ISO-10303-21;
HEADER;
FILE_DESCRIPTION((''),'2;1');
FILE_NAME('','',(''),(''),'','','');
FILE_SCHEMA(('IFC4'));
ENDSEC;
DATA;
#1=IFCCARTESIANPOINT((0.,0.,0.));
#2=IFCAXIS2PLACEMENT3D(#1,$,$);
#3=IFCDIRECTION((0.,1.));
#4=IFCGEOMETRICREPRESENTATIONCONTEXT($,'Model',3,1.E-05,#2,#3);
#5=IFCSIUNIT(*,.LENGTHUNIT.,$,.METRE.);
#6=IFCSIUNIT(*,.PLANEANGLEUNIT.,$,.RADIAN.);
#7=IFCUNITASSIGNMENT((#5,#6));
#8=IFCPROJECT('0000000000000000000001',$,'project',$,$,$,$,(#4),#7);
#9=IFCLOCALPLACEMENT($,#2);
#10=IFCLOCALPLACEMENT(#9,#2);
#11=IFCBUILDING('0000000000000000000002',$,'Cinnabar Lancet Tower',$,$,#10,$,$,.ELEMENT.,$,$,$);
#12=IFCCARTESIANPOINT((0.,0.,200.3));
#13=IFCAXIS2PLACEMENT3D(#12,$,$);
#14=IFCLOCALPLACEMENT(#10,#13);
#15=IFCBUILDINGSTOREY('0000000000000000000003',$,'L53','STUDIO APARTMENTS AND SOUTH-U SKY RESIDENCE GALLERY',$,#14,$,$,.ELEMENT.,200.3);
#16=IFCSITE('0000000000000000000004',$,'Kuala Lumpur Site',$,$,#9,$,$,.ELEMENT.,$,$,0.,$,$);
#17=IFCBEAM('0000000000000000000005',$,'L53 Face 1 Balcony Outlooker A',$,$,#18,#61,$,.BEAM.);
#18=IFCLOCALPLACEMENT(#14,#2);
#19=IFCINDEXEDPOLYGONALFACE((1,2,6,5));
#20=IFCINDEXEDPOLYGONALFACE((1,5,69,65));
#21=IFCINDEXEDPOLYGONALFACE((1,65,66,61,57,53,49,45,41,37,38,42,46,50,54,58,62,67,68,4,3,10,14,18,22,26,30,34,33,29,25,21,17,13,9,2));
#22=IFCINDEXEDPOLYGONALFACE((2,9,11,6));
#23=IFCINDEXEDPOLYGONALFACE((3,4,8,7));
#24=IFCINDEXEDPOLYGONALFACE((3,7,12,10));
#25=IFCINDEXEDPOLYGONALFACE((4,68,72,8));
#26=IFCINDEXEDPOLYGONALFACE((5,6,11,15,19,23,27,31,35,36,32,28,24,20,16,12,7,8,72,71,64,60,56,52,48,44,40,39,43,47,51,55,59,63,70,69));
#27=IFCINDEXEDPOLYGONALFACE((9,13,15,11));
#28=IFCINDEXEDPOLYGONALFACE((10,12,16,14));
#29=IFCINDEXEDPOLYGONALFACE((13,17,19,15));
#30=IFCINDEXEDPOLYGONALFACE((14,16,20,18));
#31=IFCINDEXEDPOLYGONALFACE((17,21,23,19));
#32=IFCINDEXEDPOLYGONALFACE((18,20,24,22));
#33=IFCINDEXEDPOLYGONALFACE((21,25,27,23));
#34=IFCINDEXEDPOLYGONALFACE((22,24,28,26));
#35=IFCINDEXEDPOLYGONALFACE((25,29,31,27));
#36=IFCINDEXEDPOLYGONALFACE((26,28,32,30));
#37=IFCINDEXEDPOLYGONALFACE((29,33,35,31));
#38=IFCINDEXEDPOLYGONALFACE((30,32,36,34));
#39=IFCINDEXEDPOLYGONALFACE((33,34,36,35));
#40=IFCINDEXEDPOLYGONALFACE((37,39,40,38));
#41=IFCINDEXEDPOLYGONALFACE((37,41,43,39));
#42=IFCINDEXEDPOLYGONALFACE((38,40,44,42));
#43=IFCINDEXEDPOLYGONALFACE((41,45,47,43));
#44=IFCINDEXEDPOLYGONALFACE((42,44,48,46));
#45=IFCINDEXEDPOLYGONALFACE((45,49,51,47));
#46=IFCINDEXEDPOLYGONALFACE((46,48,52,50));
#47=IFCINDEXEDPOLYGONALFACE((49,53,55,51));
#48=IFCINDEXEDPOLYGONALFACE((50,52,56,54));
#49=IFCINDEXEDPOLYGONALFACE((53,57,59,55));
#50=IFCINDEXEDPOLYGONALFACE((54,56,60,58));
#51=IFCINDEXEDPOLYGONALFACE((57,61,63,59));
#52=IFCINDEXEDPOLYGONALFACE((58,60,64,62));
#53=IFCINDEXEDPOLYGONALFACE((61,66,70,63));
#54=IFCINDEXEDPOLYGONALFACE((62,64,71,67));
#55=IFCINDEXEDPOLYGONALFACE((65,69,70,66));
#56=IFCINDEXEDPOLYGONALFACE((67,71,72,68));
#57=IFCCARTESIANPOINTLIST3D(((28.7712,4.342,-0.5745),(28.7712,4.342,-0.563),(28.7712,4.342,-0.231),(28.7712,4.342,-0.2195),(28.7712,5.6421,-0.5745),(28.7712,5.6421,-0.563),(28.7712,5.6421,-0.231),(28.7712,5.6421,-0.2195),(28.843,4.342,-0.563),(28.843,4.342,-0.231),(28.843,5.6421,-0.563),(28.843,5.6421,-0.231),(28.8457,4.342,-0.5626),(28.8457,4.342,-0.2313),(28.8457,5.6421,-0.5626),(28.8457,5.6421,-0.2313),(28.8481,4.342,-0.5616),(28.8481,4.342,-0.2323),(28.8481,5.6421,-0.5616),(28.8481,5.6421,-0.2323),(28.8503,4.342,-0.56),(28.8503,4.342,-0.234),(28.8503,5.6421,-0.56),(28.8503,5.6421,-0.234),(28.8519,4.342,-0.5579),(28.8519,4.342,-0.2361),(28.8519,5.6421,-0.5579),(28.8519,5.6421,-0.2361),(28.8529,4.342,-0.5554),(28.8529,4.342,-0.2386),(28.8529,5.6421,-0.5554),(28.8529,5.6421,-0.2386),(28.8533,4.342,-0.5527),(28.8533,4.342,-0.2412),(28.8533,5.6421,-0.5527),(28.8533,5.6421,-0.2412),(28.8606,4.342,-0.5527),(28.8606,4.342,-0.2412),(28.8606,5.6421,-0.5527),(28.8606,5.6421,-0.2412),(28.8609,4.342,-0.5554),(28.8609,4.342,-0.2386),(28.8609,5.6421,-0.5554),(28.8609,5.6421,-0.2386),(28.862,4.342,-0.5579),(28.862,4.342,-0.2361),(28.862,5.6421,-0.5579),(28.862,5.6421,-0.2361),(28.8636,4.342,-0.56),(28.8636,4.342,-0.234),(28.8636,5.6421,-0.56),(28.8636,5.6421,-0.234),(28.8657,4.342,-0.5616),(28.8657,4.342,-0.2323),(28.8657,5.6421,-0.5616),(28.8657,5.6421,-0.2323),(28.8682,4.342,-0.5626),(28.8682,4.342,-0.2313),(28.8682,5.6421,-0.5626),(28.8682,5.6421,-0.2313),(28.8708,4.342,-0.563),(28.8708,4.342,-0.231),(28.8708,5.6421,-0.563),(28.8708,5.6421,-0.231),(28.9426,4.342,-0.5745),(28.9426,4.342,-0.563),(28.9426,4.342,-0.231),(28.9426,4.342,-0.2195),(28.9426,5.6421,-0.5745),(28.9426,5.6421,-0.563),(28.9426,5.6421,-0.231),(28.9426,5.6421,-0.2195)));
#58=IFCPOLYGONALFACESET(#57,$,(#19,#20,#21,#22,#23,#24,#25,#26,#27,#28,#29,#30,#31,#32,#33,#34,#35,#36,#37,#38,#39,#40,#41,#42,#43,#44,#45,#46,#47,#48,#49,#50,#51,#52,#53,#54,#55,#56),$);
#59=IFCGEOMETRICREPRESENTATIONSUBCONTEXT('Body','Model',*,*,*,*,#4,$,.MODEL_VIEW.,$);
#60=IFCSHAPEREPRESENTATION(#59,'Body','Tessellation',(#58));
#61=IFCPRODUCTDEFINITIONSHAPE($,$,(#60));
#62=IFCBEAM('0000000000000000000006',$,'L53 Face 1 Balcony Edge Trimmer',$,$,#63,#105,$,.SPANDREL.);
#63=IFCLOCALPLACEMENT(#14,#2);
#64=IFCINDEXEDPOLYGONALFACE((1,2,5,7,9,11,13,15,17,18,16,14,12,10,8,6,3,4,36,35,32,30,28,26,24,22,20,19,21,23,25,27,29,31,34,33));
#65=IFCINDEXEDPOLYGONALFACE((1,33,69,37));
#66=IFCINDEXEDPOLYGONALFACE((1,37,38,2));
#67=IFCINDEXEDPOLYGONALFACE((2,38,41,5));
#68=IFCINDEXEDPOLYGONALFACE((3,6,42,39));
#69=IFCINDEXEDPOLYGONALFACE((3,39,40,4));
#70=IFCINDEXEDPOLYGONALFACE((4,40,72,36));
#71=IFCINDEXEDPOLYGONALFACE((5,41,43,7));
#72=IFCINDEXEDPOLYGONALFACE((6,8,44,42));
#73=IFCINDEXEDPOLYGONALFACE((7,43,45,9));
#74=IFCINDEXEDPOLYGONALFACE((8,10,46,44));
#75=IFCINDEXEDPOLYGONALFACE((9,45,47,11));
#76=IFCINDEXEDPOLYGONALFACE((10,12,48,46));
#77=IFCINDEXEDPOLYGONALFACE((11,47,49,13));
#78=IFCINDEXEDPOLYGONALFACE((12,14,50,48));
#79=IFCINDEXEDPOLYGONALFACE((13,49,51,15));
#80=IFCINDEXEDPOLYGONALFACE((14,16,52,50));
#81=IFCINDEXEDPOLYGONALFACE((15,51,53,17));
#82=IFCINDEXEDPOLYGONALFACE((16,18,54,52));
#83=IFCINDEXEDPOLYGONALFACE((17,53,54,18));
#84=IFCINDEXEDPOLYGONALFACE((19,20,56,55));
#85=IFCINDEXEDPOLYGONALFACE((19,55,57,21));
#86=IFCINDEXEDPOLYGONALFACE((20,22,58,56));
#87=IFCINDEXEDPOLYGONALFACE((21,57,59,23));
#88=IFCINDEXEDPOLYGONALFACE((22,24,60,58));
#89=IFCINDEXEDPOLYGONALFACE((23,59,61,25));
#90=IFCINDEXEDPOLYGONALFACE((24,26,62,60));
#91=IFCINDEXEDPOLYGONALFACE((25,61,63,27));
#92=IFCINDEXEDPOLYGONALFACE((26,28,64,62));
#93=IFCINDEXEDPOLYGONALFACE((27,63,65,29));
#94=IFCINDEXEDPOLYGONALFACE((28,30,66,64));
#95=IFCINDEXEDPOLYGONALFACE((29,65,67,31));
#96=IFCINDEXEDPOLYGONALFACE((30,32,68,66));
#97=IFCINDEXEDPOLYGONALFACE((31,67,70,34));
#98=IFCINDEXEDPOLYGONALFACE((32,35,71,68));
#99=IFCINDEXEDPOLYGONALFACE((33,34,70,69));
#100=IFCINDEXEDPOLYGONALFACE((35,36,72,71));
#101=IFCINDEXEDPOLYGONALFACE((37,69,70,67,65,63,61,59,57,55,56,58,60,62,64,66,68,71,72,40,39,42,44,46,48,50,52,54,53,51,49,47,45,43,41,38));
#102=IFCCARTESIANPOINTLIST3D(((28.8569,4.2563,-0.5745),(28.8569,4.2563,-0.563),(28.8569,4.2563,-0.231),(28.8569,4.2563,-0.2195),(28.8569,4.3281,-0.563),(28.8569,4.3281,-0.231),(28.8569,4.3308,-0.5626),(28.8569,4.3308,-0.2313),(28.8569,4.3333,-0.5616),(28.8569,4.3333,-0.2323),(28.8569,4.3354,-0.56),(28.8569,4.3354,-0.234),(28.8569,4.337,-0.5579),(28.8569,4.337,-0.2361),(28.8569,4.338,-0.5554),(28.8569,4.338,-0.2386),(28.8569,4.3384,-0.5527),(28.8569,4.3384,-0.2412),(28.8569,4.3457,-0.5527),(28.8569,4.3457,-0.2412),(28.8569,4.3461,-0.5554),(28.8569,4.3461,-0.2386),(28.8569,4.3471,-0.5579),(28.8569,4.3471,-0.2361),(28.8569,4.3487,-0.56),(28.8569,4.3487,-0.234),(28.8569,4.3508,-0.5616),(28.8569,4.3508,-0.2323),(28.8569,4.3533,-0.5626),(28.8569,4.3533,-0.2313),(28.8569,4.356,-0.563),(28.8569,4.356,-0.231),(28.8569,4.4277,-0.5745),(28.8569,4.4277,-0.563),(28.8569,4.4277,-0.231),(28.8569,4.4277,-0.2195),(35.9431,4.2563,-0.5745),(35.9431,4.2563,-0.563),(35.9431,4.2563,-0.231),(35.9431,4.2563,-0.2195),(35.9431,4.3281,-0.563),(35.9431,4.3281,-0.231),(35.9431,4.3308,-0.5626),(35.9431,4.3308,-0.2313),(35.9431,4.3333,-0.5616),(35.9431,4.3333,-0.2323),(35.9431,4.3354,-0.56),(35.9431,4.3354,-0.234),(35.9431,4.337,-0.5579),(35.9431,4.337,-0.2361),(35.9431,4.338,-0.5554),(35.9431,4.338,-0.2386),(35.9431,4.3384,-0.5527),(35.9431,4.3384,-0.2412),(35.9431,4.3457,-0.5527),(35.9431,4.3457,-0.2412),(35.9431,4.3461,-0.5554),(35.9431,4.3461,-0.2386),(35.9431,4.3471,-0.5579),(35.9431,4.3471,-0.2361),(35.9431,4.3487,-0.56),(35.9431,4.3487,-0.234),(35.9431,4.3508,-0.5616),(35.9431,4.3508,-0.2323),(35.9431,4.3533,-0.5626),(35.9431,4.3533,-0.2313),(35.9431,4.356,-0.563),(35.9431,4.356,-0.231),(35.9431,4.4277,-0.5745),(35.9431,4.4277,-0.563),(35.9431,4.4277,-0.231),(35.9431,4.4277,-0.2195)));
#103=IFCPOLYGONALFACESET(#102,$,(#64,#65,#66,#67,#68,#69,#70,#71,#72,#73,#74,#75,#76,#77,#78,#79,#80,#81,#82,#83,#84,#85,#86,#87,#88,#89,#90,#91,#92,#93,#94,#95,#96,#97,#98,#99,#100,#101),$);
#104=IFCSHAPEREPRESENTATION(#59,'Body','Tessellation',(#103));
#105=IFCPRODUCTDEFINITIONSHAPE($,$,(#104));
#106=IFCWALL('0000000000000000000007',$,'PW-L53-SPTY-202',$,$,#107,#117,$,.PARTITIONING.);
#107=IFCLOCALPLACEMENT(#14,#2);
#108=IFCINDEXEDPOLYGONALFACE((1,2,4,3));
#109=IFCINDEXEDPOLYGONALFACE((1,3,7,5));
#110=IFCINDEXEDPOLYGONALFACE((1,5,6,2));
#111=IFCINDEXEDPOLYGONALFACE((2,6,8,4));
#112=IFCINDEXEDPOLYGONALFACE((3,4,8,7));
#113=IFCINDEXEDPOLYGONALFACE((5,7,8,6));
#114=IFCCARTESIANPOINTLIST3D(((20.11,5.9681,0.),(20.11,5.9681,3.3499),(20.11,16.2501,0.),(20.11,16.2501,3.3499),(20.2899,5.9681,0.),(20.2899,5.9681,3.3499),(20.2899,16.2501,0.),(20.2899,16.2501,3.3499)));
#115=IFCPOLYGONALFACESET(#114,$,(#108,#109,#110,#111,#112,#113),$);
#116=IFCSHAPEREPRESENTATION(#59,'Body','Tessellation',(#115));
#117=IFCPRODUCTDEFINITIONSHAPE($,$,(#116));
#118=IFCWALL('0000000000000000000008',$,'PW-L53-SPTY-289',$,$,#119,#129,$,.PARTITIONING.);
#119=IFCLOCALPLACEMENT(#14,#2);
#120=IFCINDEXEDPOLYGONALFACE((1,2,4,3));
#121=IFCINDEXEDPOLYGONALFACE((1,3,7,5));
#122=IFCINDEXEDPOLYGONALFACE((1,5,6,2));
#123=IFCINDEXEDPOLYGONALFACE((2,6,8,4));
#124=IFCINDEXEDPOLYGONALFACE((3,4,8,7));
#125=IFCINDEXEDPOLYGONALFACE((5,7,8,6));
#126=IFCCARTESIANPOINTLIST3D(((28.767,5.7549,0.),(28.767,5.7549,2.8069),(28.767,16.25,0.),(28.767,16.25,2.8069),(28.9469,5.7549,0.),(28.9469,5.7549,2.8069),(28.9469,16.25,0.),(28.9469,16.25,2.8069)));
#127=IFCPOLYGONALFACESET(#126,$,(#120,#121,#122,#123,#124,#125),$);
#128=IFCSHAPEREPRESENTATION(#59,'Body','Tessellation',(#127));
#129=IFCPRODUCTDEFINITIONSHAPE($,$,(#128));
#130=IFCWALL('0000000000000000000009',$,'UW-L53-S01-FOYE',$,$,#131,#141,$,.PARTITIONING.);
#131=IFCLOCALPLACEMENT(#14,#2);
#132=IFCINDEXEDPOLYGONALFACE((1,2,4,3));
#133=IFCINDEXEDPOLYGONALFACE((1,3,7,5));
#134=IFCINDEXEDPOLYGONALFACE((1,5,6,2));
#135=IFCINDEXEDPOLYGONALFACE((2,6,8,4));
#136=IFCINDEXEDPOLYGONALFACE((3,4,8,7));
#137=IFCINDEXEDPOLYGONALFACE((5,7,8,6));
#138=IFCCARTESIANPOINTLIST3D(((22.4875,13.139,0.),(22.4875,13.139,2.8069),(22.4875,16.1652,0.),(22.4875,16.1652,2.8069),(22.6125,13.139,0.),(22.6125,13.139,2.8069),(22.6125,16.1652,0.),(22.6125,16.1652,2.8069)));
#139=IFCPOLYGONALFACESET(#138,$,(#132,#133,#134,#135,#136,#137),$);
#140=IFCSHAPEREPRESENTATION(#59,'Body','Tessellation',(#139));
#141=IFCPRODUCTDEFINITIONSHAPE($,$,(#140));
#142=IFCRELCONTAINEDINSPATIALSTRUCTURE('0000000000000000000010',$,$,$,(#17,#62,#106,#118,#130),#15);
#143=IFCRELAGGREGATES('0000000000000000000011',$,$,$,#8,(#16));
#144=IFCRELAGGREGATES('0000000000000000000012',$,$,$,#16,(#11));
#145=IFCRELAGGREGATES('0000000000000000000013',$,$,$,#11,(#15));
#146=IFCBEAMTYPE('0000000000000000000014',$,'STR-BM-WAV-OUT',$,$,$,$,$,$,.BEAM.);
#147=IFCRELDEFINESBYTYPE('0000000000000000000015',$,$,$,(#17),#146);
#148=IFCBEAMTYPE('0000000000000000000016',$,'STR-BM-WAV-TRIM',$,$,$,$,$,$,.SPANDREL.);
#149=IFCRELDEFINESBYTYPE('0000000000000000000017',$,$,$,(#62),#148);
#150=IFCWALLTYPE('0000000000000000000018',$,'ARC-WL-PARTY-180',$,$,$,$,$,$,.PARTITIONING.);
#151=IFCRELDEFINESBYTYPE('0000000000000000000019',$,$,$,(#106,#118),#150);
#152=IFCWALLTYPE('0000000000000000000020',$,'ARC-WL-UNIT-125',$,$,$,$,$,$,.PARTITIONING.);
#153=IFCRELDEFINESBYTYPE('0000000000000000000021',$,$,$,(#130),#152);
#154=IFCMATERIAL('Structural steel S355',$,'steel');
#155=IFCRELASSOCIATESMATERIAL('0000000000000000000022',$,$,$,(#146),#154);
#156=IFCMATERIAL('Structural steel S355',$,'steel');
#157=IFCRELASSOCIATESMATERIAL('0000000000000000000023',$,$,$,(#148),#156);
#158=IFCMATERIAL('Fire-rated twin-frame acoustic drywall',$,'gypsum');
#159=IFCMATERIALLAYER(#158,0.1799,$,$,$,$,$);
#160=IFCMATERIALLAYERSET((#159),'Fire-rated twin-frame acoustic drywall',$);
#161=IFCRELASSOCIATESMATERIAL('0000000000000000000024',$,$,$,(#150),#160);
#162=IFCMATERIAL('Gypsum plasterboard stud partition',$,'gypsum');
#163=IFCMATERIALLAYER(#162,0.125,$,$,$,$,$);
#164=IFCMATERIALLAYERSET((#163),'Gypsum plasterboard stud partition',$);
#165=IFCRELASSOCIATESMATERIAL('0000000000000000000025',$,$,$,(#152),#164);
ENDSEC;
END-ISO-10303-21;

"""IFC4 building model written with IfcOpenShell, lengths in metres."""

from ifc_helpers import new_model, si_unit, direction, frame, frame_2d, origin, origin_2d, place, context, subcontext, project, spatial, rectangle, i_section, extrude, material, layer, layer_set, material_profile, profile_set, type_object, element, save


model = new_model("IFC4")

# Units and contexts
model_context = context("Model", 3, precision=1e-05, world=origin(), true_north=direction((0.0, 1.0)))
body_context = subcontext(model_context, "Body", "Model", "MODEL_VIEW")
ifc_project = project(units=[si_unit("LENGTHUNIT", "METRE"), si_unit("PLANEANGLEUNIT", "RADIAN")], contexts=[model_context])

# Site, building, storey
site_placement = place(None, origin())
site = spatial("IfcSite", under=ifc_project, at=site_placement, Name="Kuala Lumpur Site", CompositionType="ELEMENT", RefElevation=0.0)
building_placement = place(site_placement, origin())
building = spatial("IfcBuilding", under=site, at=building_placement, Name="Cinnabar Lancet Tower", CompositionType="ELEMENT")
storey_placement = place(building_placement, frame((0.0, 0.0, 200.3)))
storey = spatial("IfcBuildingStorey", under=building, at=storey_placement, Name="L53", Description="STUDIO APARTMENTS AND SOUTH-U SKY RESIDENCE GALLERY", CompositionType="ELEMENT", Elevation=200.3)

# Beams
ifc_material_1 = material(Name="Structural steel S355", Category="steel")
ifc_material_profile_1 = material_profile(ifc_material_1, i_section(OverallWidth=0.1714, OverallDepth=0.355, WebThickness=0.0073, FlangeThickness=0.0115, FilletRadius=0.0103, at=origin_2d()), Name="UKB 356x171x51")
ifc_profile_set_1 = profile_set([ifc_material_profile_1], Name="Structural steel S355")
beam_type_1 = type_object("IfcBeamType", Name="STR-BM-WAV-OUT", PredefinedType="BEAM", material=ifc_profile_set_1)
beam_1_placement = place(storey_placement, frame((28.8569, 5.6421, -0.397), z_axis=(0.0, -1.0, 0.0), x_axis=(1.0, 0.0, 0.0)))
element("IfcBeam", 1, at=beam_1_placement, inside=storey, type_object=beam_type_1, Name="L53 Face 1 Balcony Outlooker A", PredefinedType="BEAM", context=body_context, shape_type="SweptSolid", body=[
    extrude(i_section(OverallWidth=0.1714, OverallDepth=0.355, WebThickness=0.0073, FlangeThickness=0.0115, FilletRadius=0.0103, at=origin_2d()), origin(), (0.0, 0.0, 1.0), 1.3),
])
ifc_material_2 = material(Name="Structural steel S355", Category="steel")
ifc_material_profile_2 = material_profile(ifc_material_2, i_section(OverallWidth=0.1714, OverallDepth=0.355, WebThickness=0.0073, FlangeThickness=0.0115, FilletRadius=0.0103, at=origin_2d()), Name="UKB 356x171x51")
ifc_profile_set_2 = profile_set([ifc_material_profile_2], Name="Structural steel S355")
beam_type_2 = type_object("IfcBeamType", Name="STR-BM-WAV-TRIM", PredefinedType="SPANDREL", material=ifc_profile_set_2)
beam_2_placement = place(storey_placement, frame((28.8569, 4.342, -0.397), z_axis=(1.0, 0.0, 0.0), x_axis=(0.0, 1.0, 0.0)))
element("IfcBeam", 2, at=beam_2_placement, inside=storey, type_object=beam_type_2, Name="L53 Face 1 Balcony Edge Trimmer", PredefinedType="SPANDREL", context=body_context, shape_type="SweptSolid", body=[
    extrude(i_section(OverallWidth=0.1714, OverallDepth=0.355, WebThickness=0.0073, FlangeThickness=0.0115, FilletRadius=0.0103, at=origin_2d()), origin(), (0.0, 0.0, 1.0), 7.0862),
])

# Walls
ifc_material_3 = material(Name="Fire-rated twin-frame acoustic drywall", Category="gypsum")
ifc_layer_1 = layer(ifc_material_3, 0.1799)
ifc_layer_set_1 = layer_set([ifc_layer_1], Name="Fire-rated twin-frame acoustic drywall")
wall_type_1 = type_object("IfcWallType", Name="ARC-WL-PARTY-180", PredefinedType="PARTITIONING", material=ifc_layer_set_1)
wall_1_placement = place(storey_placement, frame((20.2, 5.968, 0.0), z_axis=(0.0, 0.0, 1.0), x_axis=(0.0, 1.0, 0.0)))
element("IfcWall", 3, at=wall_1_placement, inside=storey, type_object=wall_type_1, Name="PW-L53-SPTY-202", PredefinedType="PARTITIONING", context=body_context, shape_type="SweptSolid", body=[
    extrude(rectangle(XDim=10.282, YDim=0.1799, at=frame_2d((5.1411, 0.0))), origin(), (0.0, 0.0, 1.0), 3.3499),
])
wall_2_placement = place(storey_placement, frame((28.8569, 5.7549, 0.0), z_axis=(0.0, 0.0, 1.0), x_axis=(0.0, 1.0, 0.0)))
element("IfcWall", 4, at=wall_2_placement, inside=storey, type_object=wall_type_1, Name="PW-L53-SPTY-289", PredefinedType="PARTITIONING", context=body_context, shape_type="SweptSolid", body=[
    extrude(rectangle(XDim=10.4951, YDim=0.1799, at=frame_2d((5.2476, 0.0))), origin(), (0.0, 0.0, 1.0), 2.8069),
])
ifc_material_4 = material(Name="Gypsum plasterboard stud partition", Category="gypsum")
ifc_layer_2 = layer(ifc_material_4, 0.125)
ifc_layer_set_2 = layer_set([ifc_layer_2], Name="Gypsum plasterboard stud partition")
wall_type_2 = type_object("IfcWallType", Name="ARC-WL-UNIT-125", PredefinedType="PARTITIONING", material=ifc_layer_set_2)
wall_3_placement = place(storey_placement, frame((22.55, 13.1389, 0.0), z_axis=(0.0, 0.0, 1.0), x_axis=(0.0, 1.0, 0.0)))
element("IfcWall", 5, at=wall_3_placement, inside=storey, type_object=wall_type_2, Name="UW-L53-S01-FOYE", PredefinedType="PARTITIONING", context=body_context, shape_type="SweptSolid", body=[
    extrude(rectangle(XDim=3.0261, YDim=0.125, at=frame_2d((1.5132, 0.0))), origin(), (0.0, 0.0, 1.0), 2.8069),
])

save(model, "model.ifc")
